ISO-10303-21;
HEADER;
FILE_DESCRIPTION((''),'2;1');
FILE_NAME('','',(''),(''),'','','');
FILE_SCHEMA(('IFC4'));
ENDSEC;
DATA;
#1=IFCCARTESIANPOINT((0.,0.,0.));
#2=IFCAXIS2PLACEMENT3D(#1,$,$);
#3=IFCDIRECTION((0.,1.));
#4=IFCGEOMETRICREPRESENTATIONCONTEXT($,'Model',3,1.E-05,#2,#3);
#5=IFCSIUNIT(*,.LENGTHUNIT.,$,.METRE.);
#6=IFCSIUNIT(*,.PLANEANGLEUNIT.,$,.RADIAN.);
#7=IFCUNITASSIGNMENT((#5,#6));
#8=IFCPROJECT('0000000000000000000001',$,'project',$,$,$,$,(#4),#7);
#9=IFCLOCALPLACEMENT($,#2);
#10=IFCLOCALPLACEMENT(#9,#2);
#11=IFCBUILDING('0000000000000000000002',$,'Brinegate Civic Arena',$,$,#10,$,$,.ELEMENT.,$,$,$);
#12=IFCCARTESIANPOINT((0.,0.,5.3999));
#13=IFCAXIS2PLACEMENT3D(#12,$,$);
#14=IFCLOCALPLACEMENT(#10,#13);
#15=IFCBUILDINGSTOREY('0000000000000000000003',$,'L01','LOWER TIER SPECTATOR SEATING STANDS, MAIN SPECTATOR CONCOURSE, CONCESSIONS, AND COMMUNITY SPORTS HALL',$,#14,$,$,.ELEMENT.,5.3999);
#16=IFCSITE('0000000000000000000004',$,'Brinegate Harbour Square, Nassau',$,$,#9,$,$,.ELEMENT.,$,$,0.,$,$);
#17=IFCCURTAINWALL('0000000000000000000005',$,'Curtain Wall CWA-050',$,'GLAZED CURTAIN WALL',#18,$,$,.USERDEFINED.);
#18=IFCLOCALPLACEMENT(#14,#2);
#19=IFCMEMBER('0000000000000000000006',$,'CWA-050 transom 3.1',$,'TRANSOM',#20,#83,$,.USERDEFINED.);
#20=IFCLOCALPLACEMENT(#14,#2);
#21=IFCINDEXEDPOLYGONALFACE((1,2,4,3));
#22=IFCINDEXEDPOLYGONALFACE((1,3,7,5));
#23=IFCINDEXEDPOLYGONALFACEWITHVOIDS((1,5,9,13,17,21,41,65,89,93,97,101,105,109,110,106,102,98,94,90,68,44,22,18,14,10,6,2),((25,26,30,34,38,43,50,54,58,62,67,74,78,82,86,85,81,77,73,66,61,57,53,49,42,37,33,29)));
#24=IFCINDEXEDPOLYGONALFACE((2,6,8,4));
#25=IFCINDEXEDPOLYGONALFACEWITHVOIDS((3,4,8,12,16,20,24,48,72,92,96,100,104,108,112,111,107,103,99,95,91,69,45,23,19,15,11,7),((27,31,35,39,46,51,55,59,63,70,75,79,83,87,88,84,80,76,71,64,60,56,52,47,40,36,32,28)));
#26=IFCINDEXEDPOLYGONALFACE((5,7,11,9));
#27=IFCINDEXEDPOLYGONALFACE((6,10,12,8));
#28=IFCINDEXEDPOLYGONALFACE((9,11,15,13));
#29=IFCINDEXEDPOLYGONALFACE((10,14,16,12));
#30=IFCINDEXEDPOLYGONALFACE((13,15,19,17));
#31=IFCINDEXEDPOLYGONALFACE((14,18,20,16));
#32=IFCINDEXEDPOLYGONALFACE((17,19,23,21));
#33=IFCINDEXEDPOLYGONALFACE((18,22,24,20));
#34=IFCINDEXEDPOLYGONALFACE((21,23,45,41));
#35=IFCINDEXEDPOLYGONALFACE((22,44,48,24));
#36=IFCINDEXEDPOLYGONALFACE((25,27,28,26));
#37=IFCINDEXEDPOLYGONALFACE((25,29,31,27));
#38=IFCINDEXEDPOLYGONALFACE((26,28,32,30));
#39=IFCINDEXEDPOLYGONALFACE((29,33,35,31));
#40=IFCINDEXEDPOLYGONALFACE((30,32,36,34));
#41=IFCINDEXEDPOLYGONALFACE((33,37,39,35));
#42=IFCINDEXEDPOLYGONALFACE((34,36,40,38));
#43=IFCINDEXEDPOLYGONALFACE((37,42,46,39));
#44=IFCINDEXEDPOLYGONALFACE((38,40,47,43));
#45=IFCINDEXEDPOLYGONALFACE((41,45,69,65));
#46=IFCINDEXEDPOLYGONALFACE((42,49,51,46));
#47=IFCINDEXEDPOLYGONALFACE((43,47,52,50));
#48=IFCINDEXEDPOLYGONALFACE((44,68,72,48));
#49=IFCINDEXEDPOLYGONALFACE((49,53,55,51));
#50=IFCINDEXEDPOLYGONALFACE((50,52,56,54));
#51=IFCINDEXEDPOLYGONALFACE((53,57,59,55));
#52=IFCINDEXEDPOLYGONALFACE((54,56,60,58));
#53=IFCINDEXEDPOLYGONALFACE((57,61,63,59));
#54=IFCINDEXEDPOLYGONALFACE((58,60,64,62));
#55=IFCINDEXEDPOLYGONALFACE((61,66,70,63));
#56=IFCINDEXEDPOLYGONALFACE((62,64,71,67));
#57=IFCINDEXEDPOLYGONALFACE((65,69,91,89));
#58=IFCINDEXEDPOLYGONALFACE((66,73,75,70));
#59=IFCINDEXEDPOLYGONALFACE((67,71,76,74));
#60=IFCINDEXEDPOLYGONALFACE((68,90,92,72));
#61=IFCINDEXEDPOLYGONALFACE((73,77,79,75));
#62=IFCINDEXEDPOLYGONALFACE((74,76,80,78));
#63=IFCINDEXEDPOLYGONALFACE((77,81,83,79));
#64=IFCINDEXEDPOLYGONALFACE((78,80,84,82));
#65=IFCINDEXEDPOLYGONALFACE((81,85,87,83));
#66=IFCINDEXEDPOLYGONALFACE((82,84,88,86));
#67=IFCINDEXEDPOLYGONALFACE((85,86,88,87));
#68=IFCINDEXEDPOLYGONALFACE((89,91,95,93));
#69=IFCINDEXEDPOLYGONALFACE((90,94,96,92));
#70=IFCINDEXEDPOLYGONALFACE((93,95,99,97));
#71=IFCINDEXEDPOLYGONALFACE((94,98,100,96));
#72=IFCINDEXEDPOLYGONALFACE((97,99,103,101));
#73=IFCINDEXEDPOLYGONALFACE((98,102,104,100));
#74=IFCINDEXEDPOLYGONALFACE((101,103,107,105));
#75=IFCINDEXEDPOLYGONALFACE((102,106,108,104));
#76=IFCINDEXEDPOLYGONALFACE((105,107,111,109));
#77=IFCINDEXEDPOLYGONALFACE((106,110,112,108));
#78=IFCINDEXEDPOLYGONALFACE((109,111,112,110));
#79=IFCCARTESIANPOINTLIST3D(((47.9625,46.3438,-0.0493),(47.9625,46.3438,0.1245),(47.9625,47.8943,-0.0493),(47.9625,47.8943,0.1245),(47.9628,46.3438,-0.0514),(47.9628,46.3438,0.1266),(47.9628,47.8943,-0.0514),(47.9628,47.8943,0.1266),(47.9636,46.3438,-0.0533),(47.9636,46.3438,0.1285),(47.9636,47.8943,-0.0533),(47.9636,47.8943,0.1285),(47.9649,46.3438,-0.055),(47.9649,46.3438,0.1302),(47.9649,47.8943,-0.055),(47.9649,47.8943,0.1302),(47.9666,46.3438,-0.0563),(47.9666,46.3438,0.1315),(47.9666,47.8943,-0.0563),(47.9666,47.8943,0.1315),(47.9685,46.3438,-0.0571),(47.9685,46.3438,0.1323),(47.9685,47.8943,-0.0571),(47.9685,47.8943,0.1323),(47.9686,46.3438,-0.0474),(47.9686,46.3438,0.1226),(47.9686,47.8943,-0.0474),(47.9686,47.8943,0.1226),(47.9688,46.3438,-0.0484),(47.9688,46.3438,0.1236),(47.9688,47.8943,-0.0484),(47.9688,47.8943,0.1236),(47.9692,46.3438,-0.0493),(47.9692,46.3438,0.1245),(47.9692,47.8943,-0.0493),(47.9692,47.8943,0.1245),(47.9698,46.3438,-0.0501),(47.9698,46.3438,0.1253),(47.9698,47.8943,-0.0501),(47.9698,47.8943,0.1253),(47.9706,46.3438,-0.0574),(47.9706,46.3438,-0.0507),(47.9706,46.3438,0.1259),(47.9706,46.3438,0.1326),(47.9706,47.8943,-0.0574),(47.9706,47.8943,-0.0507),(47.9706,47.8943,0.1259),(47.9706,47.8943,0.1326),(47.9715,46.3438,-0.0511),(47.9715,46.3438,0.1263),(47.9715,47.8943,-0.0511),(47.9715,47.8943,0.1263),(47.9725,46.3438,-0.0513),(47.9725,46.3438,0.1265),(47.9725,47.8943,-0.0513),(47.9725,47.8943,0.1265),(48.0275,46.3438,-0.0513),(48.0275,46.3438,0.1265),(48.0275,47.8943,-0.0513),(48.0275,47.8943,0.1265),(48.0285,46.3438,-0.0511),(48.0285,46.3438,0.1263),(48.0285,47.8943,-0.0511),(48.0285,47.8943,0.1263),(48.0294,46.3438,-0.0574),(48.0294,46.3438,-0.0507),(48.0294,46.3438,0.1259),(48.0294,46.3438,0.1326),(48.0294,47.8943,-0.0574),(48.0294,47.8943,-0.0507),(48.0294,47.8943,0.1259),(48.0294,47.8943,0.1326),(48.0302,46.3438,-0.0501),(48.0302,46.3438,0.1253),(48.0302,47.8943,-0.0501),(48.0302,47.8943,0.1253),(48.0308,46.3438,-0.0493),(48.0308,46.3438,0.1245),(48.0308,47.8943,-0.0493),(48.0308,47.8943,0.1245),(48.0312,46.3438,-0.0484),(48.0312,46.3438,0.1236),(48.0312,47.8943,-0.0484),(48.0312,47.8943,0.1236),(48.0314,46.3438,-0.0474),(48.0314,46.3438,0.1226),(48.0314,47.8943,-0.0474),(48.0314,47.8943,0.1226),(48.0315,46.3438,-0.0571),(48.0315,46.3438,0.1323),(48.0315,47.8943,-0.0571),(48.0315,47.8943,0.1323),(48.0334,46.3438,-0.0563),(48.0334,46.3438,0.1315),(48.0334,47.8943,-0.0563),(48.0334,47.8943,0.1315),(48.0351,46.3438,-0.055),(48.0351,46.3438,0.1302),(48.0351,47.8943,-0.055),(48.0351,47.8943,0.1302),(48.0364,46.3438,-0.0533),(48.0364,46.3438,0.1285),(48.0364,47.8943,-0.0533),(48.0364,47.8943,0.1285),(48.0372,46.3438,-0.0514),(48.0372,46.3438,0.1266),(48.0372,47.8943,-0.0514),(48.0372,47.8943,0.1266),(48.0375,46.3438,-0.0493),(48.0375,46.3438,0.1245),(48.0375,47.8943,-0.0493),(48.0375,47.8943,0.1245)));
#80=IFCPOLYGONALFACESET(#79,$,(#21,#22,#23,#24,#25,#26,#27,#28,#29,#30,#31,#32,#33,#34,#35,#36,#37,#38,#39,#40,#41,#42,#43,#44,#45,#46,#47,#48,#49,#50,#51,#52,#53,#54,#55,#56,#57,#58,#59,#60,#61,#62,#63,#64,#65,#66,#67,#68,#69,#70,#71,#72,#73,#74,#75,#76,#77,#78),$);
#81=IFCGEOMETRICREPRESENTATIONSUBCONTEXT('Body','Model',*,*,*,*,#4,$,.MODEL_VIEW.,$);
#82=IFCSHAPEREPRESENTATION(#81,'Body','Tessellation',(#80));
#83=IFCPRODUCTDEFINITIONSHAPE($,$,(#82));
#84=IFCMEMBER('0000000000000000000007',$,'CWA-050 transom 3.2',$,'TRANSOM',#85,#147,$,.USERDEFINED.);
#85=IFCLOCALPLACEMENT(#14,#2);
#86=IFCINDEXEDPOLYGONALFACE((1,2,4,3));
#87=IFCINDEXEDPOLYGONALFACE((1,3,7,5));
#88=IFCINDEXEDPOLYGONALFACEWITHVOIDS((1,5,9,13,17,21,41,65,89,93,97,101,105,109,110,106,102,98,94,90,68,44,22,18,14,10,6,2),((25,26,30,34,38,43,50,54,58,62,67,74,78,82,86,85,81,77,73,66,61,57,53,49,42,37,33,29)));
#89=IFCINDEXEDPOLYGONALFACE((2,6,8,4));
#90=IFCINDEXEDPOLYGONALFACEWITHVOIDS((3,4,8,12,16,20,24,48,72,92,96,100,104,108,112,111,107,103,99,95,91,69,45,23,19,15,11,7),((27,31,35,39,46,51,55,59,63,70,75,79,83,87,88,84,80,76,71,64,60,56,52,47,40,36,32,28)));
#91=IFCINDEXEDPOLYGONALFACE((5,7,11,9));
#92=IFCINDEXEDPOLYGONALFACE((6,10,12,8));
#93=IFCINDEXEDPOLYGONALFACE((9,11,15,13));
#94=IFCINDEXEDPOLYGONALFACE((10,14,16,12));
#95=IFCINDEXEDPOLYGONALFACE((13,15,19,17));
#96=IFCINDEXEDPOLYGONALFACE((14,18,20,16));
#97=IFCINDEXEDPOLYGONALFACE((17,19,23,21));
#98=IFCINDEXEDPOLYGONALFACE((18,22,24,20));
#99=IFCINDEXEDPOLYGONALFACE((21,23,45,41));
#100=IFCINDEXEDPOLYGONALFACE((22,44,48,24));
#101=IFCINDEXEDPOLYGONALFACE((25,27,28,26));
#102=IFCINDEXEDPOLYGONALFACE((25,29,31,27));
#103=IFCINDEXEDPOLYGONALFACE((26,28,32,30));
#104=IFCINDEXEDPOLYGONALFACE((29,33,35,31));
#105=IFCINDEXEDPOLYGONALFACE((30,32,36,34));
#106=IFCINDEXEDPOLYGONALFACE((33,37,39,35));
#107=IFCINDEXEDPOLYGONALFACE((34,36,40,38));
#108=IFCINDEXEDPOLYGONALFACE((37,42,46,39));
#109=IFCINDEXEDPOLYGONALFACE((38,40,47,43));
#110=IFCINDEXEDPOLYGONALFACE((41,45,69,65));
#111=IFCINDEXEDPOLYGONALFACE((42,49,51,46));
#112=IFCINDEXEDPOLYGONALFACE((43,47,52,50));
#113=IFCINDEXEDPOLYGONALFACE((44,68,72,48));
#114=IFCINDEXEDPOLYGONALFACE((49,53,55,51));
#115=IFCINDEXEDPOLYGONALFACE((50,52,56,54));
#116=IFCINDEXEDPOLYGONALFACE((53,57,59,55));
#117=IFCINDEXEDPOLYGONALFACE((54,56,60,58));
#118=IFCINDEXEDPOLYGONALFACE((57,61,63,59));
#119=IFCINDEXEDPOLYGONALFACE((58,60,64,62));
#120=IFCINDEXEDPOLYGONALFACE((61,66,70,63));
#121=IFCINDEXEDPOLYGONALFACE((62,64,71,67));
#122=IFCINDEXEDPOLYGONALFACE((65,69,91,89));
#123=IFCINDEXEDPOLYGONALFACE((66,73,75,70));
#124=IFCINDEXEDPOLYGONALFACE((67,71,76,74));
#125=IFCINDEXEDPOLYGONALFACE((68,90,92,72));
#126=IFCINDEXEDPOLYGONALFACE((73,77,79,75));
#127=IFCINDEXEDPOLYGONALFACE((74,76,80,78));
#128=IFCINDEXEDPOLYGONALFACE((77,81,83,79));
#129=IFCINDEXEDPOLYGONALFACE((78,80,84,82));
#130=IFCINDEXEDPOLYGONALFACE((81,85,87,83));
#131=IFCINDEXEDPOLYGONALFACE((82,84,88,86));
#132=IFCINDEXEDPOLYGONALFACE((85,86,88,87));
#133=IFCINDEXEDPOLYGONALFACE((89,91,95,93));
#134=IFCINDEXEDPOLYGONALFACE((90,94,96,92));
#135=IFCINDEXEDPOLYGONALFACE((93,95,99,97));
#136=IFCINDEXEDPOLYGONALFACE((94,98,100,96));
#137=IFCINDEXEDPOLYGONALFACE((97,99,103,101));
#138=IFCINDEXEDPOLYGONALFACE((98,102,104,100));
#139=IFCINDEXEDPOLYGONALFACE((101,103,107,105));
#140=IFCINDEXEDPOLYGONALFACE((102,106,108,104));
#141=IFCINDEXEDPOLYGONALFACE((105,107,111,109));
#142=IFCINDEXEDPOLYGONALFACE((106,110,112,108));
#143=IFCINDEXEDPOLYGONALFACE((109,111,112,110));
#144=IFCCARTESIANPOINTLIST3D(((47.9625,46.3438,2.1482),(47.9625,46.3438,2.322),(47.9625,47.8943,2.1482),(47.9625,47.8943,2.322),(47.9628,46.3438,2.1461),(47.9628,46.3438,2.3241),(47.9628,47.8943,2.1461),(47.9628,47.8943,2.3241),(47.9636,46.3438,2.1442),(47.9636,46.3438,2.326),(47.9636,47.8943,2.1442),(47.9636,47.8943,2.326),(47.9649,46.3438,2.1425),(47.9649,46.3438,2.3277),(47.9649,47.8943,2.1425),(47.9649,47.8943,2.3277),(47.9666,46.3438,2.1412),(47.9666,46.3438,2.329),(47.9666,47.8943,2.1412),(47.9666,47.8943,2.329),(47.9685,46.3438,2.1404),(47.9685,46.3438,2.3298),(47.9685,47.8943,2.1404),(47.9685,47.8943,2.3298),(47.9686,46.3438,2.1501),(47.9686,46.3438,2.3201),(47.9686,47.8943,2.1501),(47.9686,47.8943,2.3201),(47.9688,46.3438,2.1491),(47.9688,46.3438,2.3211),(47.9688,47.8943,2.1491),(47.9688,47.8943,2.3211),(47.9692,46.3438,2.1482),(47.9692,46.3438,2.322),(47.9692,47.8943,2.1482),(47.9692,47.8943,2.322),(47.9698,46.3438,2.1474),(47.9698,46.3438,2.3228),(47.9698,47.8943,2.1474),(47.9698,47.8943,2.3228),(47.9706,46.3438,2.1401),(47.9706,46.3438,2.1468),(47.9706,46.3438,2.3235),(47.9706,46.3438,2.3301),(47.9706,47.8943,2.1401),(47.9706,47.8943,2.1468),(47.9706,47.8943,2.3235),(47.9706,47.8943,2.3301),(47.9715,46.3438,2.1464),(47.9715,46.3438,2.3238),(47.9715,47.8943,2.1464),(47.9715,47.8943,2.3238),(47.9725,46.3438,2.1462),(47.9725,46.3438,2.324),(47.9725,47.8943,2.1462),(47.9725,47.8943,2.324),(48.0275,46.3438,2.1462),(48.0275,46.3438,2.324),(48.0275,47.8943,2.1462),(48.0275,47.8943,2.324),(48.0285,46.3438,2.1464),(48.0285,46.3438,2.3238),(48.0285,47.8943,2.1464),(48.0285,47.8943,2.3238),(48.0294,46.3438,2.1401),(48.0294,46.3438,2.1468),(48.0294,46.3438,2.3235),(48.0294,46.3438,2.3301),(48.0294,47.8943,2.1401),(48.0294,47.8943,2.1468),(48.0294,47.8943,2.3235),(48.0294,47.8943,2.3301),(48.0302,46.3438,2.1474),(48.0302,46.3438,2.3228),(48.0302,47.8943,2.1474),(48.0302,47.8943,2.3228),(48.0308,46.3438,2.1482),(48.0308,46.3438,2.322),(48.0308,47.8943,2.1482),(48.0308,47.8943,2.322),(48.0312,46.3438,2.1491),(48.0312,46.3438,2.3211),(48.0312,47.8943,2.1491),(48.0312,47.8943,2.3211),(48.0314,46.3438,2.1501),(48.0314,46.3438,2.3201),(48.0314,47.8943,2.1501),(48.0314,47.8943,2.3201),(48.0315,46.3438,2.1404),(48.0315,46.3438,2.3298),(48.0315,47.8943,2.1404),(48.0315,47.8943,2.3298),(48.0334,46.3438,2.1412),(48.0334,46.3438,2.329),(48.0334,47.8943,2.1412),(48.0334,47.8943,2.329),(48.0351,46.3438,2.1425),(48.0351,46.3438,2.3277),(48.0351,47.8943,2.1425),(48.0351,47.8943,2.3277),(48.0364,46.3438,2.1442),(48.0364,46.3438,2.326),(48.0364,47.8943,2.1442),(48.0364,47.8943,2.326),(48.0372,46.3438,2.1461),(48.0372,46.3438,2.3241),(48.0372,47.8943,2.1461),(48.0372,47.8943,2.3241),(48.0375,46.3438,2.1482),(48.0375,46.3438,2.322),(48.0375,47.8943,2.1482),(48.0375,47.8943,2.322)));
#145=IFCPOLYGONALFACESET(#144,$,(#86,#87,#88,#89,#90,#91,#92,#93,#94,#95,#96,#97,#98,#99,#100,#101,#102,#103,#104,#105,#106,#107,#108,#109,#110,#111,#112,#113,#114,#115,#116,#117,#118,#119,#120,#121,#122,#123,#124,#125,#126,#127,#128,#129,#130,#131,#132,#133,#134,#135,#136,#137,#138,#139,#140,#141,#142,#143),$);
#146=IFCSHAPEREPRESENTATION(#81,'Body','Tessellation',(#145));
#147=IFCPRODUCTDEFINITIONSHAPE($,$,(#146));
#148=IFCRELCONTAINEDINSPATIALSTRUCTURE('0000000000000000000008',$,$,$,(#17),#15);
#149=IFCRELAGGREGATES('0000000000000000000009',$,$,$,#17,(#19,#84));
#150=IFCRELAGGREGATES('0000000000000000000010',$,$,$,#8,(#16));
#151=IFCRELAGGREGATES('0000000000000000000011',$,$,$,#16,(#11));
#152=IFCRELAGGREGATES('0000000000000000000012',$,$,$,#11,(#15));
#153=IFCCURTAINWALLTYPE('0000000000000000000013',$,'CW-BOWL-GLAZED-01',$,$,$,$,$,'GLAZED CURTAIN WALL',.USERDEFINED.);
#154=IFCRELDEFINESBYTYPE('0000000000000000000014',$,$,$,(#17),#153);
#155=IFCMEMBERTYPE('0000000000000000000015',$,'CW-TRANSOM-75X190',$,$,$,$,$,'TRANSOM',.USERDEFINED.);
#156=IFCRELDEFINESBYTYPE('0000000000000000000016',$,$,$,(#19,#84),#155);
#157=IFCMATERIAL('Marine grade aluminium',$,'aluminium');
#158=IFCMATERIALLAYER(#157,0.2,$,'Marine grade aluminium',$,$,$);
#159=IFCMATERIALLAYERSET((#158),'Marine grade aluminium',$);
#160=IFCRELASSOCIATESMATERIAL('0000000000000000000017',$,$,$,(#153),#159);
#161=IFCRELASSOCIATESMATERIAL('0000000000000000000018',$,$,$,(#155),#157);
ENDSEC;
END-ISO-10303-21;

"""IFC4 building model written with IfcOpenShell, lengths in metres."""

from ifc_helpers import new_model, si_unit, direction, frame, origin, origin_2d, place, context, subcontext, project, spatial, hollow_rectangle, extrude, material, layer, layer_set, material_profile, profile_set, type_object, element, aggregate, save


model = new_model("IFC4")

# Units and contexts
model_context = context("Model", 3, precision=1e-05, world=origin(), true_north=direction((0.0, 1.0)))
body_context = subcontext(model_context, "Body", "Model", "MODEL_VIEW")
ifc_project = project(units=[si_unit("LENGTHUNIT", "METRE"), si_unit("PLANEANGLEUNIT", "RADIAN")], contexts=[model_context])

# Site, building, storey
site_placement = place(None, origin())
site = spatial("IfcSite", under=ifc_project, at=site_placement, Name="Brinegate Harbour Square, Nassau", CompositionType="ELEMENT", RefElevation=0.0)
building_placement = place(site_placement, origin())
building = spatial("IfcBuilding", under=site, at=building_placement, Name="Brinegate Civic Arena", CompositionType="ELEMENT")
storey_placement = place(building_placement, frame((0.0, 0.0, 5.3999)))
storey = spatial("IfcBuildingStorey", under=building, at=storey_placement, Name="L01", Description="LOWER TIER SPECTATOR SEATING STANDS, MAIN SPECTATOR CONCOURSE, CONCESSIONS, AND COMMUNITY SPORTS HALL", CompositionType="ELEMENT", Elevation=5.3999)

# Curtain wall, members
ifc_material_1 = material(Name="Marine grade aluminium", Category="aluminium")
ifc_layer_1 = layer(ifc_material_1, 0.2, Name="Marine grade aluminium")
ifc_layer_set_1 = layer_set([ifc_layer_1], Name="Marine grade aluminium")
curtain_wall_type = type_object("IfcCurtainWallType", Name="CW-BOWL-GLAZED-01", ElementType="GLAZED CURTAIN WALL", PredefinedType="USERDEFINED", material=ifc_layer_set_1)
curtain_wall_placement = place(storey_placement, origin())
curtain_wall = element("IfcCurtainWall", 1, at=curtain_wall_placement, inside=storey, type_object=curtain_wall_type, Name="Curtain Wall CWA-050", ObjectType="GLAZED CURTAIN WALL", PredefinedType="USERDEFINED")
ifc_material_profile_1 = material_profile(ifc_material_1, hollow_rectangle(XDim=0.075, YDim=0.1899, WallThickness=0.0061, InnerFilletRadius=0.0039, OuterFilletRadius=0.0081, at=origin_2d()), Name="TRN75X190")
ifc_profile_set_1 = profile_set([ifc_material_profile_1], Name="Marine grade aluminium")
member_type_1 = type_object("IfcMemberType", Name="CW-TRANSOM-75X190", ElementType="TRANSOM", PredefinedType="USERDEFINED", material=ifc_profile_set_1)
member_1_placement = place(storey_placement, frame((48.0, 46.3438, 0.0376), z_axis=(0.0, 1.0, 0.0), x_axis=(-1.0, 0.0, 0.0)))
member_1 = element("IfcMember", 2, at=member_1_placement, type_object=member_type_1, Name="CWA-050 transom 3.1", ObjectType="TRANSOM", PredefinedType="USERDEFINED", context=body_context, shape_type="SweptSolid", body=[
    extrude(hollow_rectangle(XDim=0.075, YDim=0.1899, WallThickness=0.0061, InnerFilletRadius=0.0039, OuterFilletRadius=0.0081, at=origin_2d()), origin(), (0.0, 0.0, 1.0), 1.5505),
])
member_2_placement = place(storey_placement, frame((48.0, 46.3438, 2.2351), z_axis=(0.0, 1.0, 0.0), x_axis=(-1.0, 0.0, 0.0)))
member_2 = element("IfcMember", 3, at=member_2_placement, type_object=member_type_1, Name="CWA-050 transom 3.2", ObjectType="TRANSOM", PredefinedType="USERDEFINED", context=body_context, shape_type="SweptSolid", body=[
    extrude(hollow_rectangle(XDim=0.075, YDim=0.1899, WallThickness=0.0061, InnerFilletRadius=0.0039, OuterFilletRadius=0.0081, at=origin_2d()), origin(), (0.0, 0.0, 1.0), 1.5505),
])
aggregate(curtain_wall, [member_1, member_2])

save(model, "model.ifc")
